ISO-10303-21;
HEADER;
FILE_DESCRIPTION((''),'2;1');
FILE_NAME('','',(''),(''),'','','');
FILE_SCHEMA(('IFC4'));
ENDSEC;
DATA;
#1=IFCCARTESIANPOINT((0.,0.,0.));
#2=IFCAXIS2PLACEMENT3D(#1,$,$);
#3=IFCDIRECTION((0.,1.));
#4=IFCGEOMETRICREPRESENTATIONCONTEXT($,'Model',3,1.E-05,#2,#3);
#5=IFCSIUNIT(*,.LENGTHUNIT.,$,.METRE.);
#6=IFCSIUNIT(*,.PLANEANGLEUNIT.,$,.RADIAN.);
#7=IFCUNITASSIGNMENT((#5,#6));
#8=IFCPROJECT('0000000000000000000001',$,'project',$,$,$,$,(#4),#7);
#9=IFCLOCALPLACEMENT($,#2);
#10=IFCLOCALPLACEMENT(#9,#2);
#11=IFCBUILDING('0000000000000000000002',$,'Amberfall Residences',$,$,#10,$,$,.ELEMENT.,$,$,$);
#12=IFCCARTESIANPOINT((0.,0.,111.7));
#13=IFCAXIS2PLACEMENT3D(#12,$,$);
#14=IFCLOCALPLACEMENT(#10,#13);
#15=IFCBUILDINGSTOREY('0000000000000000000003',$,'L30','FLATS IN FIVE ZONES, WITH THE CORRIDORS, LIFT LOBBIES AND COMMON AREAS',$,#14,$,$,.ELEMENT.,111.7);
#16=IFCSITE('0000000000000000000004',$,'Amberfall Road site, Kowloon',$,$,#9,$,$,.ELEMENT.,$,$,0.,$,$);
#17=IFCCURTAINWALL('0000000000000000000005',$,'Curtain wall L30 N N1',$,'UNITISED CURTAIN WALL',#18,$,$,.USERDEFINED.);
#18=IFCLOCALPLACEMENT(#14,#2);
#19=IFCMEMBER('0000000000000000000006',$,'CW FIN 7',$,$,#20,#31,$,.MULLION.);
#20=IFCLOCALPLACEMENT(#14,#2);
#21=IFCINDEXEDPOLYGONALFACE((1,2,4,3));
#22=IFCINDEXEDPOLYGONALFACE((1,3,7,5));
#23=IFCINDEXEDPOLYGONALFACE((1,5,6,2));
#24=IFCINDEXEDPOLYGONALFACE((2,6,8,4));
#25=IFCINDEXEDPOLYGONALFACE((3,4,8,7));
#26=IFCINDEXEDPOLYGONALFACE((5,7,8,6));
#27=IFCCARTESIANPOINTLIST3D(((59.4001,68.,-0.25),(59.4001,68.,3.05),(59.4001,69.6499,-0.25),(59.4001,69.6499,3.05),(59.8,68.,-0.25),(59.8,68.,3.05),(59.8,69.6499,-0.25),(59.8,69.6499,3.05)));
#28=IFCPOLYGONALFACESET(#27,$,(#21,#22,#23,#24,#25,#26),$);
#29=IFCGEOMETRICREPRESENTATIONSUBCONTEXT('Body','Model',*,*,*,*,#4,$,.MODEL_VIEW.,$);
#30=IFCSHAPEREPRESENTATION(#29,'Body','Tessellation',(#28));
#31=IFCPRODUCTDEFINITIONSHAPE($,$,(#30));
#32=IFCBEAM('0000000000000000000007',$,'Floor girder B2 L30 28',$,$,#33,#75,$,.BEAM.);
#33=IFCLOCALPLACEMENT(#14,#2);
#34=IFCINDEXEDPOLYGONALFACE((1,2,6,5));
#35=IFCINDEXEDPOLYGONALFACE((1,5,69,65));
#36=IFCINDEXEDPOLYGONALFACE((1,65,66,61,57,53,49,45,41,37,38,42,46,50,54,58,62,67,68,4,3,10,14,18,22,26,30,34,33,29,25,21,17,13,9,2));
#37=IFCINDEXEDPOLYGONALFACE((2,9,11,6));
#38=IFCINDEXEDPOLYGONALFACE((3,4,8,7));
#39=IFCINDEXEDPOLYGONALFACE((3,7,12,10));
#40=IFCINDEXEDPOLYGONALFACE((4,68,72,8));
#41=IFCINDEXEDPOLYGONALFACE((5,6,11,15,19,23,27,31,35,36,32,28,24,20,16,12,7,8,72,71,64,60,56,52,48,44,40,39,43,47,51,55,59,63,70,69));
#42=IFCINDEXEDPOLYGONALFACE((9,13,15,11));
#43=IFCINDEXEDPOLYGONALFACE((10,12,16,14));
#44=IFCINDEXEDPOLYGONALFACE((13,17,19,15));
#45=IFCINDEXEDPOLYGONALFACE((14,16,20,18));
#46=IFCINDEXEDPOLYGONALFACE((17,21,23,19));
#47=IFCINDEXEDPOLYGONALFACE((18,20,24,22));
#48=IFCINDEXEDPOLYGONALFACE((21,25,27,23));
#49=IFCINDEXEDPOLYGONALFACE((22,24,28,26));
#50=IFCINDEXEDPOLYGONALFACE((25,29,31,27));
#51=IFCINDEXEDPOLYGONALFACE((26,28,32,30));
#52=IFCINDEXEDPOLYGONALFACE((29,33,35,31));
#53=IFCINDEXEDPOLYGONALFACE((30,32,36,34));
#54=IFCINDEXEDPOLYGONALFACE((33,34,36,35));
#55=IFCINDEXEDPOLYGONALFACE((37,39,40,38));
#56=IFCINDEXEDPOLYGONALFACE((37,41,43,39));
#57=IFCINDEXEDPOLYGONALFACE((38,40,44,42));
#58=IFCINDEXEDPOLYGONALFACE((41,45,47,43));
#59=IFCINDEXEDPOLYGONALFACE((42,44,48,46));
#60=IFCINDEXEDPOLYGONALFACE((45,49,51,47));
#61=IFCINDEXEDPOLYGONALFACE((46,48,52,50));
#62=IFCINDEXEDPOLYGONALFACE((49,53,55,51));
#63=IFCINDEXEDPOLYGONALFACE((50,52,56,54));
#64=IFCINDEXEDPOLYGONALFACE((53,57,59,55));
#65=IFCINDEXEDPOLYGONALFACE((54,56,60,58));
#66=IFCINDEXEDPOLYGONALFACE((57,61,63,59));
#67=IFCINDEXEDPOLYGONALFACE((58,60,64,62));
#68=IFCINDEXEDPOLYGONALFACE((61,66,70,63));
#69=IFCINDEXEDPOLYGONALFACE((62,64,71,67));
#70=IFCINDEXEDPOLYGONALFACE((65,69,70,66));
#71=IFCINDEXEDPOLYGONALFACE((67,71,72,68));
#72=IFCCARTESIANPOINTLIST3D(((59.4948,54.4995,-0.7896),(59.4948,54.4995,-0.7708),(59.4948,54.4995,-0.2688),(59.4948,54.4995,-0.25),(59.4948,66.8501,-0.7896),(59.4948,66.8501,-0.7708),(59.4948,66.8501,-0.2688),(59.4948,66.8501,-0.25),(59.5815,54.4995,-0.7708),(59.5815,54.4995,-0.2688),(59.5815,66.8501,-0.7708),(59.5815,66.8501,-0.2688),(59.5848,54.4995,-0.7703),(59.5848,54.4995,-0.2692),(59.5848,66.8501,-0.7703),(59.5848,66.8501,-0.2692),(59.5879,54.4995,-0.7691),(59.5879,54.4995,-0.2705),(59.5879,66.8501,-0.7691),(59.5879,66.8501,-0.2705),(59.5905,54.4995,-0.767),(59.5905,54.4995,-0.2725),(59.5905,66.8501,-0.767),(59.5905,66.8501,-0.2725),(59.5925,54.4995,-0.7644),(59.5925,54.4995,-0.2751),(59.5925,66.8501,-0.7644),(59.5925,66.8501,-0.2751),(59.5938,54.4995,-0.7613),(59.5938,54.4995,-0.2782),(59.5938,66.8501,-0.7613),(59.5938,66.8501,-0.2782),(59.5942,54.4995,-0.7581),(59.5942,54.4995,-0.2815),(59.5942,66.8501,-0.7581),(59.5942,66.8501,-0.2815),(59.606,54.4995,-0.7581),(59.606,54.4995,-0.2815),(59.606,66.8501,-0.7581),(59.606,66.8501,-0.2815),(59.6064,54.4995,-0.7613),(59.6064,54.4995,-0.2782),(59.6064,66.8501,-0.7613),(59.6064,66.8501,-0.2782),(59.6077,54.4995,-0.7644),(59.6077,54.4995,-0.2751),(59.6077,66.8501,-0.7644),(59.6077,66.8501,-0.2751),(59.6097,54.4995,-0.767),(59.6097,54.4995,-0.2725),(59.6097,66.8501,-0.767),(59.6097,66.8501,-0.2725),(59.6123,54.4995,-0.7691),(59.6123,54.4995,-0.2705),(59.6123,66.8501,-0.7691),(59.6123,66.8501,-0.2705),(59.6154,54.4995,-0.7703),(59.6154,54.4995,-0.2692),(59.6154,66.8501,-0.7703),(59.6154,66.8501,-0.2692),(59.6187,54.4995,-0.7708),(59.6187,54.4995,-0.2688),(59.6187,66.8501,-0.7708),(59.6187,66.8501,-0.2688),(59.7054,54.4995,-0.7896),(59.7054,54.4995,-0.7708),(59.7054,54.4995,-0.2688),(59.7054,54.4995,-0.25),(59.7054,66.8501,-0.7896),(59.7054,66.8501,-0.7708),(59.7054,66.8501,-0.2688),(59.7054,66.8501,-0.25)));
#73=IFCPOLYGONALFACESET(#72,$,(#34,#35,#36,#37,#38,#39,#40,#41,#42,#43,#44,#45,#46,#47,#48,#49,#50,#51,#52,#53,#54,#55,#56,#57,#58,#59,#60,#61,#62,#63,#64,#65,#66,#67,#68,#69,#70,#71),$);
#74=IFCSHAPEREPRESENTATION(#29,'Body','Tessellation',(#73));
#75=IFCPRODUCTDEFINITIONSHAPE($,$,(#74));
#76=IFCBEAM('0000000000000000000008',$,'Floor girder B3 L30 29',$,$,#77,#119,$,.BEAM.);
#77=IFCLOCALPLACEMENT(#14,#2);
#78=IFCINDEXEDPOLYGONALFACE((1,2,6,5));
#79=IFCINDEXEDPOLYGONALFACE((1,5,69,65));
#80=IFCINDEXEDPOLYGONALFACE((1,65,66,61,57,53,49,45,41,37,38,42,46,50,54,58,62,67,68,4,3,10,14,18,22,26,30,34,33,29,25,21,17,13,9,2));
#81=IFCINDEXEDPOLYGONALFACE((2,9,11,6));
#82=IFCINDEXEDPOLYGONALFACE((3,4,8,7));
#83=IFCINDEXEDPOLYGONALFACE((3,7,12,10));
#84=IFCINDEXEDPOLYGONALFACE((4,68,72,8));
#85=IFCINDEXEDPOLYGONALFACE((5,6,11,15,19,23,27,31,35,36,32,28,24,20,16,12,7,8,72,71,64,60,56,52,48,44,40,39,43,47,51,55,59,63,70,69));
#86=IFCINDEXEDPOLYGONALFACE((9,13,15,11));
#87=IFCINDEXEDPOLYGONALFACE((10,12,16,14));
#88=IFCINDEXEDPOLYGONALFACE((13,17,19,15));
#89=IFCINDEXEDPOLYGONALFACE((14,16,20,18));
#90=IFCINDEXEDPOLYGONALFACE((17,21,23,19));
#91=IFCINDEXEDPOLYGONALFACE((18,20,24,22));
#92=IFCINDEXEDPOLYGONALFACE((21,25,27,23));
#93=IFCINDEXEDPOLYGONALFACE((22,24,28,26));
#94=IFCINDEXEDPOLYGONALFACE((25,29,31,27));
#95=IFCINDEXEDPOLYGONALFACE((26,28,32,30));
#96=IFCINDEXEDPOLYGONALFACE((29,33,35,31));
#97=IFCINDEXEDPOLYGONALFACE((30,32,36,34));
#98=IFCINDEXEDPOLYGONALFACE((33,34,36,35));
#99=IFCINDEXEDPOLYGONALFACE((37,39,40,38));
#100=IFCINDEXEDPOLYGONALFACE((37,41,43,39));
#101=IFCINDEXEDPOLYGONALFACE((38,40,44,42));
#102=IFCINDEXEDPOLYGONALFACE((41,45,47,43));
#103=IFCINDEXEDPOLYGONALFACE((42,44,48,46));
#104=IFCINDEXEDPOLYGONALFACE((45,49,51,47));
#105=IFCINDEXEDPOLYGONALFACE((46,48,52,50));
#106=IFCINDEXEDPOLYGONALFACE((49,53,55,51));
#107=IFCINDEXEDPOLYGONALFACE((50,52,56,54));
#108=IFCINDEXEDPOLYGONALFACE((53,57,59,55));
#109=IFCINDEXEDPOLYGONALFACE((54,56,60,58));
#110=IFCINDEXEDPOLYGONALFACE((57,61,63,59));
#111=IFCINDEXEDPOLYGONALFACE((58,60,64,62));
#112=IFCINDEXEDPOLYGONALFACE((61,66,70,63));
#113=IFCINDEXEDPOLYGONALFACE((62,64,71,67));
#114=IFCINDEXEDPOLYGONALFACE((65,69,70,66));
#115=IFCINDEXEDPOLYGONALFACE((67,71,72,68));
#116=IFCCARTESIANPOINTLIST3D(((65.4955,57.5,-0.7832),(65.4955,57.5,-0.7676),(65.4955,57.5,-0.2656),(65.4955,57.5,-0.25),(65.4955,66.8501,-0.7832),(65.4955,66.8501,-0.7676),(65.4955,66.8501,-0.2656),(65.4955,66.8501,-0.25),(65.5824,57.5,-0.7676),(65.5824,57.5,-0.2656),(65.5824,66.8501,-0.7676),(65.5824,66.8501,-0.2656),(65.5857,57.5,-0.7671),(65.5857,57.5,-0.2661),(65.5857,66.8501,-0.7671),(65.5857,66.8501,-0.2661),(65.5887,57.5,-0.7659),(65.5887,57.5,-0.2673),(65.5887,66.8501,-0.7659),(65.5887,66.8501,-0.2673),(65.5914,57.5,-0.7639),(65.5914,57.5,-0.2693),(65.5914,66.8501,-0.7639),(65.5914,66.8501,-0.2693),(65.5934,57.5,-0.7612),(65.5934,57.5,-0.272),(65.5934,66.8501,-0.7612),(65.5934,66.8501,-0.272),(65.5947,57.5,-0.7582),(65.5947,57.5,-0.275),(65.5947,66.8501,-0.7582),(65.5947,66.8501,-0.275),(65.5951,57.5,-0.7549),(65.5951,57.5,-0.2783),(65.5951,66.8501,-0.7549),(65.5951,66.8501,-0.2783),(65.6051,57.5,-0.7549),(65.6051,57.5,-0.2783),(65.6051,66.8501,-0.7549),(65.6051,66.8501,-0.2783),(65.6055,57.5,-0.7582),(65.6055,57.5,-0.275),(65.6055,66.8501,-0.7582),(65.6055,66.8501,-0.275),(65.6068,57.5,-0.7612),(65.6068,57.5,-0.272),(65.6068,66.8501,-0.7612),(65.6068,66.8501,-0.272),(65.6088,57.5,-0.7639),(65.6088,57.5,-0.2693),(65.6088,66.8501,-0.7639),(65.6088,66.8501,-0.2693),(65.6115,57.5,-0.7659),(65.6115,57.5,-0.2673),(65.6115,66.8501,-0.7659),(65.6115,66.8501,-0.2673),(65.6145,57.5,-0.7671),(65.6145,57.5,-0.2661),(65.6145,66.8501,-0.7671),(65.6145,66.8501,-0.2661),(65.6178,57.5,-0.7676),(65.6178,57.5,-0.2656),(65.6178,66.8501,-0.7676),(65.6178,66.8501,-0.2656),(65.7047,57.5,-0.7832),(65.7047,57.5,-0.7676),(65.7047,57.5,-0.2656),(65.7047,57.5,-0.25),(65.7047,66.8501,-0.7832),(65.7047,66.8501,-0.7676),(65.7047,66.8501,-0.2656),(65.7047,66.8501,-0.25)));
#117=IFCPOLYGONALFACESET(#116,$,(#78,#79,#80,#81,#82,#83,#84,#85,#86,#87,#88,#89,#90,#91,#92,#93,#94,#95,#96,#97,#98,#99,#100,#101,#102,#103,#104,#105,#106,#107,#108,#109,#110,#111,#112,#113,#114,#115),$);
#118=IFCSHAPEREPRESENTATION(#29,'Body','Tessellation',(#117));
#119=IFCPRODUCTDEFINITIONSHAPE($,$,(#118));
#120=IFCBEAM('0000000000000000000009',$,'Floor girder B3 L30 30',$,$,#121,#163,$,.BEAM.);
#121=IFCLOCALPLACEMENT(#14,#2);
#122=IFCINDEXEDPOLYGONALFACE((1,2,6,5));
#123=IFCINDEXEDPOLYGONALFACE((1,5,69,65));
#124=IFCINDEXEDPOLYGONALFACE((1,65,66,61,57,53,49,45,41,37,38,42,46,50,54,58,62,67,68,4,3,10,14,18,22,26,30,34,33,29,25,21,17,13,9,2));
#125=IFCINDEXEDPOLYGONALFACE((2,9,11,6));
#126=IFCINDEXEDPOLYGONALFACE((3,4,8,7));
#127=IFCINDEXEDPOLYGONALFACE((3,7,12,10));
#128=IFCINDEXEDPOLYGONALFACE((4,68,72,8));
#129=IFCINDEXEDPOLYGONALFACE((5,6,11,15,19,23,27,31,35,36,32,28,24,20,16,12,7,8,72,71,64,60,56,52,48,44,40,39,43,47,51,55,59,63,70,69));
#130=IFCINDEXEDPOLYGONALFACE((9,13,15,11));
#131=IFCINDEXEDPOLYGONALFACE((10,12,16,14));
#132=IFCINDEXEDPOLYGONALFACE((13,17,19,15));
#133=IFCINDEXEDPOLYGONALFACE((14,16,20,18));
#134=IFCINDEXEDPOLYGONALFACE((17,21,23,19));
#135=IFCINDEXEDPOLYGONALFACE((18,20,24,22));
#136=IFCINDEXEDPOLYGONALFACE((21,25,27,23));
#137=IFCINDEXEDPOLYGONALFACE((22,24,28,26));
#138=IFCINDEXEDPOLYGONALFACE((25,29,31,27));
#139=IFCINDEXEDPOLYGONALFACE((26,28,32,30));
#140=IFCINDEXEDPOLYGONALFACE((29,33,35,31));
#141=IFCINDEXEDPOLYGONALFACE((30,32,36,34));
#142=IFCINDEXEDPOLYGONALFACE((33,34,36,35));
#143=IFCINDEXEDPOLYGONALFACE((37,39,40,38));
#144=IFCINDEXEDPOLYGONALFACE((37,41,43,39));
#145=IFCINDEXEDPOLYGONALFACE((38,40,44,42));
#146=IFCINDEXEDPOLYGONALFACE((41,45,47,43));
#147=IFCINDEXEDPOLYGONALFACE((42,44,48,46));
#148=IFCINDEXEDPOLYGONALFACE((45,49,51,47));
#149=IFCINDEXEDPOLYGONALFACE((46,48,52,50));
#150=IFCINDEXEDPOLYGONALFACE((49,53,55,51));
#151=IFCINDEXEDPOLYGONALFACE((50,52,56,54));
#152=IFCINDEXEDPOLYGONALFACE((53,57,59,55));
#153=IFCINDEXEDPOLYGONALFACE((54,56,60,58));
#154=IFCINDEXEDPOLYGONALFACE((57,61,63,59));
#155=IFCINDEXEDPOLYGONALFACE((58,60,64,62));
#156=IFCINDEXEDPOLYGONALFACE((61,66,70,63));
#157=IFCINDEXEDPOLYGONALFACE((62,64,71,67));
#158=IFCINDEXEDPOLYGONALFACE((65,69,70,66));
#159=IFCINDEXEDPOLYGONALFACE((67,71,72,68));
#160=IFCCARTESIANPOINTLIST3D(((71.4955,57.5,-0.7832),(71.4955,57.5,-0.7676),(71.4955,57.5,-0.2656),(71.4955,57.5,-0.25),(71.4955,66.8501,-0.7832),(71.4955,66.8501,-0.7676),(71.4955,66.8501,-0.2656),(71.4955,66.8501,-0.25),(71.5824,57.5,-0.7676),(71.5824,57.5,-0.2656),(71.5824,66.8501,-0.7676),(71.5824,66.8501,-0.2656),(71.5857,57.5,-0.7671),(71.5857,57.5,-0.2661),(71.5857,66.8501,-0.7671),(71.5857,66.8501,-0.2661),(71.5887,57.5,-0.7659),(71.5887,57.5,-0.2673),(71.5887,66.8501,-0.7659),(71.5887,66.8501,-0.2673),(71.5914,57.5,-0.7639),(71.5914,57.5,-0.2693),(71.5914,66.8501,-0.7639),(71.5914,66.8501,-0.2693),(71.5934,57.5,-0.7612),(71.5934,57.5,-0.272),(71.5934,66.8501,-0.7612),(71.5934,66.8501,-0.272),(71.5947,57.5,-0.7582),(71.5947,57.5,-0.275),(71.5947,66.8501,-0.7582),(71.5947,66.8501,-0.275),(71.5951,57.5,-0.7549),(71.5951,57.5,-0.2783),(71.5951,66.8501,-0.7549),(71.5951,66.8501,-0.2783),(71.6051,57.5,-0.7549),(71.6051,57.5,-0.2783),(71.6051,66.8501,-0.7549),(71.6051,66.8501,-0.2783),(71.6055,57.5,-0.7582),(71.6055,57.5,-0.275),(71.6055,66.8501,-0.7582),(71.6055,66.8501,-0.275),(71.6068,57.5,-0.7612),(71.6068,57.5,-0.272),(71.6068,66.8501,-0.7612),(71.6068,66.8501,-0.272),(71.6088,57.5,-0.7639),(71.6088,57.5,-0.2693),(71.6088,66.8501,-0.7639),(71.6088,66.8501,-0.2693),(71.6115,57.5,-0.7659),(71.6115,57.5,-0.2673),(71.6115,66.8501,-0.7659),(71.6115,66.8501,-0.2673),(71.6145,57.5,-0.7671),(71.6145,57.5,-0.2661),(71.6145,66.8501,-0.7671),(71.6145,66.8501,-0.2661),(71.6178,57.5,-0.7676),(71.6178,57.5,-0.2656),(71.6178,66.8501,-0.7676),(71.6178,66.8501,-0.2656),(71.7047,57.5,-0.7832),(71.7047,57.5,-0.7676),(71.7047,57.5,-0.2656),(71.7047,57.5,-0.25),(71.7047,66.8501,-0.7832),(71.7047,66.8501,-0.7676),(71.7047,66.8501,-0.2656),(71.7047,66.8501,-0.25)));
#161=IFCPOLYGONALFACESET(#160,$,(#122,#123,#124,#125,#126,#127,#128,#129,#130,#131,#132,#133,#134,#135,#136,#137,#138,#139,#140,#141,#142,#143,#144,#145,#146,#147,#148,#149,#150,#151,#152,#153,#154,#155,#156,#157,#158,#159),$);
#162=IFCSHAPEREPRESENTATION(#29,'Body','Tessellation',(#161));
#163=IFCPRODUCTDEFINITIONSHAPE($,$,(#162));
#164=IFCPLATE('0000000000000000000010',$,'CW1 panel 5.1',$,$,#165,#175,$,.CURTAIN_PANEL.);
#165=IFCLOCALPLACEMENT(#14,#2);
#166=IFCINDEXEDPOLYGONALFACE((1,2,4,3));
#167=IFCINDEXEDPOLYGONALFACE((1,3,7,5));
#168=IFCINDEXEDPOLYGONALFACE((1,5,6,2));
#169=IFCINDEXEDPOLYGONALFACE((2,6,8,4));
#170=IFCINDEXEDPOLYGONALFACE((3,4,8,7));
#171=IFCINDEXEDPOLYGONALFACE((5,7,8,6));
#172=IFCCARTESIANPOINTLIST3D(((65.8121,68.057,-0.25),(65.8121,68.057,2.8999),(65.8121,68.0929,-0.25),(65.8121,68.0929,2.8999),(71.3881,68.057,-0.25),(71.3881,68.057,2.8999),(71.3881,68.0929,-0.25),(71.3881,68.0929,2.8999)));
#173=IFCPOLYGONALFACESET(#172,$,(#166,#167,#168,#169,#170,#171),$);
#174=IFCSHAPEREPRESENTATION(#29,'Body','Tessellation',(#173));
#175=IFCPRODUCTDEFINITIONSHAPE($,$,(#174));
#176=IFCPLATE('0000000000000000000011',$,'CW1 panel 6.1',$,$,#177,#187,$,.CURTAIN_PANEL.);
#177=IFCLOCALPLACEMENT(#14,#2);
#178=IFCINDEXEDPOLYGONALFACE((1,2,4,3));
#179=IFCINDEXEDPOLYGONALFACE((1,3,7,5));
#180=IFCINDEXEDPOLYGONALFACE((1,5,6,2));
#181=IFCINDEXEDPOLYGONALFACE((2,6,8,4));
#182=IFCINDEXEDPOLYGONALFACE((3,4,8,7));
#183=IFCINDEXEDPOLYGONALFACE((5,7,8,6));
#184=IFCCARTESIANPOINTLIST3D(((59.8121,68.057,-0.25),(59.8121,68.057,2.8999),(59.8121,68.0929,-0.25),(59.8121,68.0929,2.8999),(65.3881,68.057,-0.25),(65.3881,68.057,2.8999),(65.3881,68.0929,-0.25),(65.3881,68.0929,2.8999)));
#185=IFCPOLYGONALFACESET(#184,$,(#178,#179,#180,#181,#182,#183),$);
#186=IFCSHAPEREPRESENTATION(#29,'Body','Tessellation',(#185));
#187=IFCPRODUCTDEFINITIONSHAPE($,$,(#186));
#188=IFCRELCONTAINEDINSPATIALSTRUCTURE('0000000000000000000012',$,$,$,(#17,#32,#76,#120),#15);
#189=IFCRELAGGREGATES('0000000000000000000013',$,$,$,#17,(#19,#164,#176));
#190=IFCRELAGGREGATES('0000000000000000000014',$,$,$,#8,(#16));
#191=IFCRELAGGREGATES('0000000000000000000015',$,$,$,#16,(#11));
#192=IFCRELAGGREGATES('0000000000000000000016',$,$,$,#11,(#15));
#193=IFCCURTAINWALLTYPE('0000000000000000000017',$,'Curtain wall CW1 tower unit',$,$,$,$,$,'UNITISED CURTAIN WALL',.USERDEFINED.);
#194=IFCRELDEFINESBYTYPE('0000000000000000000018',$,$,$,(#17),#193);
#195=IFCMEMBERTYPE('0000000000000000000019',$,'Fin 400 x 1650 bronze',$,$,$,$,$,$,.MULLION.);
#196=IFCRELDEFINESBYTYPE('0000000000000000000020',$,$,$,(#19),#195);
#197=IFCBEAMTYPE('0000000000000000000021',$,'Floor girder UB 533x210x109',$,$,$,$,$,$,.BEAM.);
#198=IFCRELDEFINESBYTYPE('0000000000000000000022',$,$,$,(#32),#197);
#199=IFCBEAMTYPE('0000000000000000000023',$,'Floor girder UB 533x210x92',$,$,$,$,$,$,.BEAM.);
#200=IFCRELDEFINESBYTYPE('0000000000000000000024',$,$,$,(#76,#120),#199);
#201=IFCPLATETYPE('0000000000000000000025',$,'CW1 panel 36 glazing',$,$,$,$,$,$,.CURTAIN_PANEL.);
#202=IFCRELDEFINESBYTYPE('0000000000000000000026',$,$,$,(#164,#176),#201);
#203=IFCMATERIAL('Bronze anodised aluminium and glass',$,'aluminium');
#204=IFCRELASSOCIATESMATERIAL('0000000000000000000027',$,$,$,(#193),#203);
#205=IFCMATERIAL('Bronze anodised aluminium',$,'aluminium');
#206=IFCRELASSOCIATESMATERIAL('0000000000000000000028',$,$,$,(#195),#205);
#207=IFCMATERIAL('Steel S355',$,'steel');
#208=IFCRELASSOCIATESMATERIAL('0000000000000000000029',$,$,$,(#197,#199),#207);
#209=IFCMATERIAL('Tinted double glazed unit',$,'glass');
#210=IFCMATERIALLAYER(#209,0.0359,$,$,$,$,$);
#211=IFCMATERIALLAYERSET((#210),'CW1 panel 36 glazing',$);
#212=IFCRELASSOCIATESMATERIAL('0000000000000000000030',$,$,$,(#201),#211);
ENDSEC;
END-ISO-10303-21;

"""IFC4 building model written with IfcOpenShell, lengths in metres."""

from ifc_helpers import new_model, si_unit, direction, frame, origin, origin_2d, place, context, subcontext, project, spatial, rectangle, i_section, extrude, material, layer, layer_set, material_profile, profile_set, type_object, element, aggregate, save


model = new_model("IFC4")

# Units and contexts
model_context = context("Model", 3, precision=1e-05, world=origin(), true_north=direction((0.0, 1.0)))
body_context = subcontext(model_context, "Body", "Model", "MODEL_VIEW")
ifc_project = project(units=[si_unit("LENGTHUNIT", "METRE"), si_unit("PLANEANGLEUNIT", "RADIAN")], contexts=[model_context])

# Site, building, storey
site_placement = place(None, origin())
site = spatial("IfcSite", under=ifc_project, at=site_placement, Name="Amberfall Road site, Kowloon", CompositionType="ELEMENT", RefElevation=0.0)
building_placement = place(site_placement, origin())
building = spatial("IfcBuilding", under=site, at=building_placement, Name="Amberfall Residences", CompositionType="ELEMENT")
storey_placement = place(building_placement, frame((0.0, 0.0, 111.7)))
storey = spatial("IfcBuildingStorey", under=building, at=storey_placement, Name="L30", Description="FLATS IN FIVE ZONES, WITH THE CORRIDORS, LIFT LOBBIES AND COMMON AREAS", CompositionType="ELEMENT", Elevation=111.7)

# Curtain wall
ifc_material_1 = material(Name="Bronze anodised aluminium and glass", Category="aluminium")
curtain_wall_type = type_object("IfcCurtainWallType", Name="Curtain wall CW1 tower unit", ElementType="UNITISED CURTAIN WALL", PredefinedType="USERDEFINED", material=ifc_material_1)
curtain_wall_placement = place(storey_placement, origin())
curtain_wall = element("IfcCurtainWall", 1, at=curtain_wall_placement, inside=storey, type_object=curtain_wall_type, Name="Curtain wall L30 N N1", ObjectType="UNITISED CURTAIN WALL", PredefinedType="USERDEFINED")
ifc_material_2 = material(Name="Bronze anodised aluminium", Category="aluminium")

# Shared definitions
ifc_material_3 = material(Name="Steel S355", Category="steel")

# Member
ifc_material_profile_1 = material_profile(ifc_material_2, rectangle(XDim=1.6499, YDim=0.3999, at=origin_2d()), Name="Fin 400 x 1650 bronze")
ifc_profile_set_1 = profile_set([ifc_material_profile_1], Name="Bronze anodised aluminium")
member_type_1 = type_object("IfcMemberType", Name="Fin 400 x 1650 bronze", PredefinedType="MULLION", material=ifc_profile_set_1)
member_1_placement = place(storey_placement, frame((59.6001, 68.825, -0.25), z_axis=(0.0, 0.0, 1.0), x_axis=(0.0, -1.0, 0.0)))
member_1 = element("IfcMember", 2, at=member_1_placement, type_object=member_type_1, Name="CW FIN 7", PredefinedType="MULLION", context=body_context, shape_type="SweptSolid", body=[
    extrude(rectangle(XDim=1.6499, YDim=0.3999, at=origin_2d()), origin(), (0.0, 0.0, 1.0), 3.3),
])

# Beams
ifc_material_profile_2 = material_profile(ifc_material_3, i_section(OverallWidth=0.2107, OverallDepth=0.5396, WebThickness=0.0117, FlangeThickness=0.0188, FilletRadius=0.0127, at=origin_2d()), Name="UB 533x210x109")
ifc_profile_set_2 = profile_set([ifc_material_profile_2], Name="Steel S355")
beam_type_1 = type_object("IfcBeamType", Name="Floor girder UB 533x210x109", PredefinedType="BEAM", material=ifc_profile_set_2)
beam_placement = place(storey_placement, frame((59.6001, 66.8501, -0.5198), z_axis=(0.0, -1.0, 0.0), x_axis=(1.0, 0.0, 0.0)))
element("IfcBeam", 3, at=beam_placement, inside=storey, type_object=beam_type_1, Name="Floor girder B2 L30 28", PredefinedType="BEAM", context=body_context, shape_type="SweptSolid", body=[
    extrude(i_section(OverallWidth=0.2107, OverallDepth=0.5396, WebThickness=0.0117, FlangeThickness=0.0188, FilletRadius=0.0127, at=origin_2d()), origin(), (0.0, 0.0, 1.0), 12.3506),
])
ifc_material_profile_3 = material_profile(ifc_material_3, i_section(OverallWidth=0.2092, OverallDepth=0.5332, WebThickness=0.01, FlangeThickness=0.0156, FilletRadius=0.0127, at=origin_2d()), Name="UB 533x210x92")
ifc_profile_set_3 = profile_set([ifc_material_profile_3], Name="Steel S355")
beam_type_2 = type_object("IfcBeamType", Name="Floor girder UB 533x210x92", PredefinedType="BEAM", material=ifc_profile_set_3)
for number, where, z_axis, x_axis, name in (
    (4, (65.6001, 66.8501, -0.5166), (0.0, -1.0, 0.0), (1.0, 0.0, 0.0), "Floor girder B3 L30 29"),
    (5, (71.6001, 66.8501, -0.5166), (0.0, -1.0, 0.0), (1.0, 0.0, 0.0), "Floor girder B3 L30 30"),
):
    element("IfcBeam", number, at=place(storey_placement, frame(where, z_axis=z_axis, x_axis=x_axis)), inside=storey, type_object=beam_type_2, Name=name, PredefinedType="BEAM", context=body_context, shape_type="SweptSolid", body=[
        extrude(i_section(OverallWidth=0.2092, OverallDepth=0.5332, WebThickness=0.01, FlangeThickness=0.0156, FilletRadius=0.0127, at=origin_2d()), origin(), (0.0, 0.0, 1.0), 9.3501),
    ])

# Plates
ifc_material_4 = material(Name="Tinted double glazed unit", Category="glass")
ifc_layer_1 = layer(ifc_material_4, 0.0359)
ifc_layer_set_1 = layer_set([ifc_layer_1], Name="CW1 panel 36 glazing")
plate_type = type_object("IfcPlateType", Name="CW1 panel 36 glazing", PredefinedType="CURTAIN_PANEL", material=ifc_layer_set_1)
plate_1_placement = place(storey_placement, frame((68.6001, 68.075, -0.25), z_axis=(0.0, 0.0, 1.0), x_axis=(-1.0, 0.0, 0.0)))
plate_1 = element("IfcPlate", 6, at=plate_1_placement, type_object=plate_type, Name="CW1 panel 5.1", PredefinedType="CURTAIN_PANEL", context=body_context, shape_type="SweptSolid", body=[
    extrude(rectangle(XDim=5.5759, YDim=0.0359, at=origin_2d()), origin(), (0.0, 0.0, 1.0), 3.1499),
])
plate_2_placement = place(storey_placement, frame((62.6001, 68.075, -0.25), z_axis=(0.0, 0.0, 1.0), x_axis=(-1.0, 0.0, 0.0)))
plate_2 = element("IfcPlate", 7, at=plate_2_placement, type_object=plate_type, Name="CW1 panel 6.1", PredefinedType="CURTAIN_PANEL", context=body_context, shape_type="SweptSolid", body=[
    extrude(rectangle(XDim=5.5759, YDim=0.0359, at=origin_2d()), origin(), (0.0, 0.0, 1.0), 3.1499),
])
aggregate(curtain_wall, [member_1, plate_1, plate_2])

save(model, "model.ifc")
